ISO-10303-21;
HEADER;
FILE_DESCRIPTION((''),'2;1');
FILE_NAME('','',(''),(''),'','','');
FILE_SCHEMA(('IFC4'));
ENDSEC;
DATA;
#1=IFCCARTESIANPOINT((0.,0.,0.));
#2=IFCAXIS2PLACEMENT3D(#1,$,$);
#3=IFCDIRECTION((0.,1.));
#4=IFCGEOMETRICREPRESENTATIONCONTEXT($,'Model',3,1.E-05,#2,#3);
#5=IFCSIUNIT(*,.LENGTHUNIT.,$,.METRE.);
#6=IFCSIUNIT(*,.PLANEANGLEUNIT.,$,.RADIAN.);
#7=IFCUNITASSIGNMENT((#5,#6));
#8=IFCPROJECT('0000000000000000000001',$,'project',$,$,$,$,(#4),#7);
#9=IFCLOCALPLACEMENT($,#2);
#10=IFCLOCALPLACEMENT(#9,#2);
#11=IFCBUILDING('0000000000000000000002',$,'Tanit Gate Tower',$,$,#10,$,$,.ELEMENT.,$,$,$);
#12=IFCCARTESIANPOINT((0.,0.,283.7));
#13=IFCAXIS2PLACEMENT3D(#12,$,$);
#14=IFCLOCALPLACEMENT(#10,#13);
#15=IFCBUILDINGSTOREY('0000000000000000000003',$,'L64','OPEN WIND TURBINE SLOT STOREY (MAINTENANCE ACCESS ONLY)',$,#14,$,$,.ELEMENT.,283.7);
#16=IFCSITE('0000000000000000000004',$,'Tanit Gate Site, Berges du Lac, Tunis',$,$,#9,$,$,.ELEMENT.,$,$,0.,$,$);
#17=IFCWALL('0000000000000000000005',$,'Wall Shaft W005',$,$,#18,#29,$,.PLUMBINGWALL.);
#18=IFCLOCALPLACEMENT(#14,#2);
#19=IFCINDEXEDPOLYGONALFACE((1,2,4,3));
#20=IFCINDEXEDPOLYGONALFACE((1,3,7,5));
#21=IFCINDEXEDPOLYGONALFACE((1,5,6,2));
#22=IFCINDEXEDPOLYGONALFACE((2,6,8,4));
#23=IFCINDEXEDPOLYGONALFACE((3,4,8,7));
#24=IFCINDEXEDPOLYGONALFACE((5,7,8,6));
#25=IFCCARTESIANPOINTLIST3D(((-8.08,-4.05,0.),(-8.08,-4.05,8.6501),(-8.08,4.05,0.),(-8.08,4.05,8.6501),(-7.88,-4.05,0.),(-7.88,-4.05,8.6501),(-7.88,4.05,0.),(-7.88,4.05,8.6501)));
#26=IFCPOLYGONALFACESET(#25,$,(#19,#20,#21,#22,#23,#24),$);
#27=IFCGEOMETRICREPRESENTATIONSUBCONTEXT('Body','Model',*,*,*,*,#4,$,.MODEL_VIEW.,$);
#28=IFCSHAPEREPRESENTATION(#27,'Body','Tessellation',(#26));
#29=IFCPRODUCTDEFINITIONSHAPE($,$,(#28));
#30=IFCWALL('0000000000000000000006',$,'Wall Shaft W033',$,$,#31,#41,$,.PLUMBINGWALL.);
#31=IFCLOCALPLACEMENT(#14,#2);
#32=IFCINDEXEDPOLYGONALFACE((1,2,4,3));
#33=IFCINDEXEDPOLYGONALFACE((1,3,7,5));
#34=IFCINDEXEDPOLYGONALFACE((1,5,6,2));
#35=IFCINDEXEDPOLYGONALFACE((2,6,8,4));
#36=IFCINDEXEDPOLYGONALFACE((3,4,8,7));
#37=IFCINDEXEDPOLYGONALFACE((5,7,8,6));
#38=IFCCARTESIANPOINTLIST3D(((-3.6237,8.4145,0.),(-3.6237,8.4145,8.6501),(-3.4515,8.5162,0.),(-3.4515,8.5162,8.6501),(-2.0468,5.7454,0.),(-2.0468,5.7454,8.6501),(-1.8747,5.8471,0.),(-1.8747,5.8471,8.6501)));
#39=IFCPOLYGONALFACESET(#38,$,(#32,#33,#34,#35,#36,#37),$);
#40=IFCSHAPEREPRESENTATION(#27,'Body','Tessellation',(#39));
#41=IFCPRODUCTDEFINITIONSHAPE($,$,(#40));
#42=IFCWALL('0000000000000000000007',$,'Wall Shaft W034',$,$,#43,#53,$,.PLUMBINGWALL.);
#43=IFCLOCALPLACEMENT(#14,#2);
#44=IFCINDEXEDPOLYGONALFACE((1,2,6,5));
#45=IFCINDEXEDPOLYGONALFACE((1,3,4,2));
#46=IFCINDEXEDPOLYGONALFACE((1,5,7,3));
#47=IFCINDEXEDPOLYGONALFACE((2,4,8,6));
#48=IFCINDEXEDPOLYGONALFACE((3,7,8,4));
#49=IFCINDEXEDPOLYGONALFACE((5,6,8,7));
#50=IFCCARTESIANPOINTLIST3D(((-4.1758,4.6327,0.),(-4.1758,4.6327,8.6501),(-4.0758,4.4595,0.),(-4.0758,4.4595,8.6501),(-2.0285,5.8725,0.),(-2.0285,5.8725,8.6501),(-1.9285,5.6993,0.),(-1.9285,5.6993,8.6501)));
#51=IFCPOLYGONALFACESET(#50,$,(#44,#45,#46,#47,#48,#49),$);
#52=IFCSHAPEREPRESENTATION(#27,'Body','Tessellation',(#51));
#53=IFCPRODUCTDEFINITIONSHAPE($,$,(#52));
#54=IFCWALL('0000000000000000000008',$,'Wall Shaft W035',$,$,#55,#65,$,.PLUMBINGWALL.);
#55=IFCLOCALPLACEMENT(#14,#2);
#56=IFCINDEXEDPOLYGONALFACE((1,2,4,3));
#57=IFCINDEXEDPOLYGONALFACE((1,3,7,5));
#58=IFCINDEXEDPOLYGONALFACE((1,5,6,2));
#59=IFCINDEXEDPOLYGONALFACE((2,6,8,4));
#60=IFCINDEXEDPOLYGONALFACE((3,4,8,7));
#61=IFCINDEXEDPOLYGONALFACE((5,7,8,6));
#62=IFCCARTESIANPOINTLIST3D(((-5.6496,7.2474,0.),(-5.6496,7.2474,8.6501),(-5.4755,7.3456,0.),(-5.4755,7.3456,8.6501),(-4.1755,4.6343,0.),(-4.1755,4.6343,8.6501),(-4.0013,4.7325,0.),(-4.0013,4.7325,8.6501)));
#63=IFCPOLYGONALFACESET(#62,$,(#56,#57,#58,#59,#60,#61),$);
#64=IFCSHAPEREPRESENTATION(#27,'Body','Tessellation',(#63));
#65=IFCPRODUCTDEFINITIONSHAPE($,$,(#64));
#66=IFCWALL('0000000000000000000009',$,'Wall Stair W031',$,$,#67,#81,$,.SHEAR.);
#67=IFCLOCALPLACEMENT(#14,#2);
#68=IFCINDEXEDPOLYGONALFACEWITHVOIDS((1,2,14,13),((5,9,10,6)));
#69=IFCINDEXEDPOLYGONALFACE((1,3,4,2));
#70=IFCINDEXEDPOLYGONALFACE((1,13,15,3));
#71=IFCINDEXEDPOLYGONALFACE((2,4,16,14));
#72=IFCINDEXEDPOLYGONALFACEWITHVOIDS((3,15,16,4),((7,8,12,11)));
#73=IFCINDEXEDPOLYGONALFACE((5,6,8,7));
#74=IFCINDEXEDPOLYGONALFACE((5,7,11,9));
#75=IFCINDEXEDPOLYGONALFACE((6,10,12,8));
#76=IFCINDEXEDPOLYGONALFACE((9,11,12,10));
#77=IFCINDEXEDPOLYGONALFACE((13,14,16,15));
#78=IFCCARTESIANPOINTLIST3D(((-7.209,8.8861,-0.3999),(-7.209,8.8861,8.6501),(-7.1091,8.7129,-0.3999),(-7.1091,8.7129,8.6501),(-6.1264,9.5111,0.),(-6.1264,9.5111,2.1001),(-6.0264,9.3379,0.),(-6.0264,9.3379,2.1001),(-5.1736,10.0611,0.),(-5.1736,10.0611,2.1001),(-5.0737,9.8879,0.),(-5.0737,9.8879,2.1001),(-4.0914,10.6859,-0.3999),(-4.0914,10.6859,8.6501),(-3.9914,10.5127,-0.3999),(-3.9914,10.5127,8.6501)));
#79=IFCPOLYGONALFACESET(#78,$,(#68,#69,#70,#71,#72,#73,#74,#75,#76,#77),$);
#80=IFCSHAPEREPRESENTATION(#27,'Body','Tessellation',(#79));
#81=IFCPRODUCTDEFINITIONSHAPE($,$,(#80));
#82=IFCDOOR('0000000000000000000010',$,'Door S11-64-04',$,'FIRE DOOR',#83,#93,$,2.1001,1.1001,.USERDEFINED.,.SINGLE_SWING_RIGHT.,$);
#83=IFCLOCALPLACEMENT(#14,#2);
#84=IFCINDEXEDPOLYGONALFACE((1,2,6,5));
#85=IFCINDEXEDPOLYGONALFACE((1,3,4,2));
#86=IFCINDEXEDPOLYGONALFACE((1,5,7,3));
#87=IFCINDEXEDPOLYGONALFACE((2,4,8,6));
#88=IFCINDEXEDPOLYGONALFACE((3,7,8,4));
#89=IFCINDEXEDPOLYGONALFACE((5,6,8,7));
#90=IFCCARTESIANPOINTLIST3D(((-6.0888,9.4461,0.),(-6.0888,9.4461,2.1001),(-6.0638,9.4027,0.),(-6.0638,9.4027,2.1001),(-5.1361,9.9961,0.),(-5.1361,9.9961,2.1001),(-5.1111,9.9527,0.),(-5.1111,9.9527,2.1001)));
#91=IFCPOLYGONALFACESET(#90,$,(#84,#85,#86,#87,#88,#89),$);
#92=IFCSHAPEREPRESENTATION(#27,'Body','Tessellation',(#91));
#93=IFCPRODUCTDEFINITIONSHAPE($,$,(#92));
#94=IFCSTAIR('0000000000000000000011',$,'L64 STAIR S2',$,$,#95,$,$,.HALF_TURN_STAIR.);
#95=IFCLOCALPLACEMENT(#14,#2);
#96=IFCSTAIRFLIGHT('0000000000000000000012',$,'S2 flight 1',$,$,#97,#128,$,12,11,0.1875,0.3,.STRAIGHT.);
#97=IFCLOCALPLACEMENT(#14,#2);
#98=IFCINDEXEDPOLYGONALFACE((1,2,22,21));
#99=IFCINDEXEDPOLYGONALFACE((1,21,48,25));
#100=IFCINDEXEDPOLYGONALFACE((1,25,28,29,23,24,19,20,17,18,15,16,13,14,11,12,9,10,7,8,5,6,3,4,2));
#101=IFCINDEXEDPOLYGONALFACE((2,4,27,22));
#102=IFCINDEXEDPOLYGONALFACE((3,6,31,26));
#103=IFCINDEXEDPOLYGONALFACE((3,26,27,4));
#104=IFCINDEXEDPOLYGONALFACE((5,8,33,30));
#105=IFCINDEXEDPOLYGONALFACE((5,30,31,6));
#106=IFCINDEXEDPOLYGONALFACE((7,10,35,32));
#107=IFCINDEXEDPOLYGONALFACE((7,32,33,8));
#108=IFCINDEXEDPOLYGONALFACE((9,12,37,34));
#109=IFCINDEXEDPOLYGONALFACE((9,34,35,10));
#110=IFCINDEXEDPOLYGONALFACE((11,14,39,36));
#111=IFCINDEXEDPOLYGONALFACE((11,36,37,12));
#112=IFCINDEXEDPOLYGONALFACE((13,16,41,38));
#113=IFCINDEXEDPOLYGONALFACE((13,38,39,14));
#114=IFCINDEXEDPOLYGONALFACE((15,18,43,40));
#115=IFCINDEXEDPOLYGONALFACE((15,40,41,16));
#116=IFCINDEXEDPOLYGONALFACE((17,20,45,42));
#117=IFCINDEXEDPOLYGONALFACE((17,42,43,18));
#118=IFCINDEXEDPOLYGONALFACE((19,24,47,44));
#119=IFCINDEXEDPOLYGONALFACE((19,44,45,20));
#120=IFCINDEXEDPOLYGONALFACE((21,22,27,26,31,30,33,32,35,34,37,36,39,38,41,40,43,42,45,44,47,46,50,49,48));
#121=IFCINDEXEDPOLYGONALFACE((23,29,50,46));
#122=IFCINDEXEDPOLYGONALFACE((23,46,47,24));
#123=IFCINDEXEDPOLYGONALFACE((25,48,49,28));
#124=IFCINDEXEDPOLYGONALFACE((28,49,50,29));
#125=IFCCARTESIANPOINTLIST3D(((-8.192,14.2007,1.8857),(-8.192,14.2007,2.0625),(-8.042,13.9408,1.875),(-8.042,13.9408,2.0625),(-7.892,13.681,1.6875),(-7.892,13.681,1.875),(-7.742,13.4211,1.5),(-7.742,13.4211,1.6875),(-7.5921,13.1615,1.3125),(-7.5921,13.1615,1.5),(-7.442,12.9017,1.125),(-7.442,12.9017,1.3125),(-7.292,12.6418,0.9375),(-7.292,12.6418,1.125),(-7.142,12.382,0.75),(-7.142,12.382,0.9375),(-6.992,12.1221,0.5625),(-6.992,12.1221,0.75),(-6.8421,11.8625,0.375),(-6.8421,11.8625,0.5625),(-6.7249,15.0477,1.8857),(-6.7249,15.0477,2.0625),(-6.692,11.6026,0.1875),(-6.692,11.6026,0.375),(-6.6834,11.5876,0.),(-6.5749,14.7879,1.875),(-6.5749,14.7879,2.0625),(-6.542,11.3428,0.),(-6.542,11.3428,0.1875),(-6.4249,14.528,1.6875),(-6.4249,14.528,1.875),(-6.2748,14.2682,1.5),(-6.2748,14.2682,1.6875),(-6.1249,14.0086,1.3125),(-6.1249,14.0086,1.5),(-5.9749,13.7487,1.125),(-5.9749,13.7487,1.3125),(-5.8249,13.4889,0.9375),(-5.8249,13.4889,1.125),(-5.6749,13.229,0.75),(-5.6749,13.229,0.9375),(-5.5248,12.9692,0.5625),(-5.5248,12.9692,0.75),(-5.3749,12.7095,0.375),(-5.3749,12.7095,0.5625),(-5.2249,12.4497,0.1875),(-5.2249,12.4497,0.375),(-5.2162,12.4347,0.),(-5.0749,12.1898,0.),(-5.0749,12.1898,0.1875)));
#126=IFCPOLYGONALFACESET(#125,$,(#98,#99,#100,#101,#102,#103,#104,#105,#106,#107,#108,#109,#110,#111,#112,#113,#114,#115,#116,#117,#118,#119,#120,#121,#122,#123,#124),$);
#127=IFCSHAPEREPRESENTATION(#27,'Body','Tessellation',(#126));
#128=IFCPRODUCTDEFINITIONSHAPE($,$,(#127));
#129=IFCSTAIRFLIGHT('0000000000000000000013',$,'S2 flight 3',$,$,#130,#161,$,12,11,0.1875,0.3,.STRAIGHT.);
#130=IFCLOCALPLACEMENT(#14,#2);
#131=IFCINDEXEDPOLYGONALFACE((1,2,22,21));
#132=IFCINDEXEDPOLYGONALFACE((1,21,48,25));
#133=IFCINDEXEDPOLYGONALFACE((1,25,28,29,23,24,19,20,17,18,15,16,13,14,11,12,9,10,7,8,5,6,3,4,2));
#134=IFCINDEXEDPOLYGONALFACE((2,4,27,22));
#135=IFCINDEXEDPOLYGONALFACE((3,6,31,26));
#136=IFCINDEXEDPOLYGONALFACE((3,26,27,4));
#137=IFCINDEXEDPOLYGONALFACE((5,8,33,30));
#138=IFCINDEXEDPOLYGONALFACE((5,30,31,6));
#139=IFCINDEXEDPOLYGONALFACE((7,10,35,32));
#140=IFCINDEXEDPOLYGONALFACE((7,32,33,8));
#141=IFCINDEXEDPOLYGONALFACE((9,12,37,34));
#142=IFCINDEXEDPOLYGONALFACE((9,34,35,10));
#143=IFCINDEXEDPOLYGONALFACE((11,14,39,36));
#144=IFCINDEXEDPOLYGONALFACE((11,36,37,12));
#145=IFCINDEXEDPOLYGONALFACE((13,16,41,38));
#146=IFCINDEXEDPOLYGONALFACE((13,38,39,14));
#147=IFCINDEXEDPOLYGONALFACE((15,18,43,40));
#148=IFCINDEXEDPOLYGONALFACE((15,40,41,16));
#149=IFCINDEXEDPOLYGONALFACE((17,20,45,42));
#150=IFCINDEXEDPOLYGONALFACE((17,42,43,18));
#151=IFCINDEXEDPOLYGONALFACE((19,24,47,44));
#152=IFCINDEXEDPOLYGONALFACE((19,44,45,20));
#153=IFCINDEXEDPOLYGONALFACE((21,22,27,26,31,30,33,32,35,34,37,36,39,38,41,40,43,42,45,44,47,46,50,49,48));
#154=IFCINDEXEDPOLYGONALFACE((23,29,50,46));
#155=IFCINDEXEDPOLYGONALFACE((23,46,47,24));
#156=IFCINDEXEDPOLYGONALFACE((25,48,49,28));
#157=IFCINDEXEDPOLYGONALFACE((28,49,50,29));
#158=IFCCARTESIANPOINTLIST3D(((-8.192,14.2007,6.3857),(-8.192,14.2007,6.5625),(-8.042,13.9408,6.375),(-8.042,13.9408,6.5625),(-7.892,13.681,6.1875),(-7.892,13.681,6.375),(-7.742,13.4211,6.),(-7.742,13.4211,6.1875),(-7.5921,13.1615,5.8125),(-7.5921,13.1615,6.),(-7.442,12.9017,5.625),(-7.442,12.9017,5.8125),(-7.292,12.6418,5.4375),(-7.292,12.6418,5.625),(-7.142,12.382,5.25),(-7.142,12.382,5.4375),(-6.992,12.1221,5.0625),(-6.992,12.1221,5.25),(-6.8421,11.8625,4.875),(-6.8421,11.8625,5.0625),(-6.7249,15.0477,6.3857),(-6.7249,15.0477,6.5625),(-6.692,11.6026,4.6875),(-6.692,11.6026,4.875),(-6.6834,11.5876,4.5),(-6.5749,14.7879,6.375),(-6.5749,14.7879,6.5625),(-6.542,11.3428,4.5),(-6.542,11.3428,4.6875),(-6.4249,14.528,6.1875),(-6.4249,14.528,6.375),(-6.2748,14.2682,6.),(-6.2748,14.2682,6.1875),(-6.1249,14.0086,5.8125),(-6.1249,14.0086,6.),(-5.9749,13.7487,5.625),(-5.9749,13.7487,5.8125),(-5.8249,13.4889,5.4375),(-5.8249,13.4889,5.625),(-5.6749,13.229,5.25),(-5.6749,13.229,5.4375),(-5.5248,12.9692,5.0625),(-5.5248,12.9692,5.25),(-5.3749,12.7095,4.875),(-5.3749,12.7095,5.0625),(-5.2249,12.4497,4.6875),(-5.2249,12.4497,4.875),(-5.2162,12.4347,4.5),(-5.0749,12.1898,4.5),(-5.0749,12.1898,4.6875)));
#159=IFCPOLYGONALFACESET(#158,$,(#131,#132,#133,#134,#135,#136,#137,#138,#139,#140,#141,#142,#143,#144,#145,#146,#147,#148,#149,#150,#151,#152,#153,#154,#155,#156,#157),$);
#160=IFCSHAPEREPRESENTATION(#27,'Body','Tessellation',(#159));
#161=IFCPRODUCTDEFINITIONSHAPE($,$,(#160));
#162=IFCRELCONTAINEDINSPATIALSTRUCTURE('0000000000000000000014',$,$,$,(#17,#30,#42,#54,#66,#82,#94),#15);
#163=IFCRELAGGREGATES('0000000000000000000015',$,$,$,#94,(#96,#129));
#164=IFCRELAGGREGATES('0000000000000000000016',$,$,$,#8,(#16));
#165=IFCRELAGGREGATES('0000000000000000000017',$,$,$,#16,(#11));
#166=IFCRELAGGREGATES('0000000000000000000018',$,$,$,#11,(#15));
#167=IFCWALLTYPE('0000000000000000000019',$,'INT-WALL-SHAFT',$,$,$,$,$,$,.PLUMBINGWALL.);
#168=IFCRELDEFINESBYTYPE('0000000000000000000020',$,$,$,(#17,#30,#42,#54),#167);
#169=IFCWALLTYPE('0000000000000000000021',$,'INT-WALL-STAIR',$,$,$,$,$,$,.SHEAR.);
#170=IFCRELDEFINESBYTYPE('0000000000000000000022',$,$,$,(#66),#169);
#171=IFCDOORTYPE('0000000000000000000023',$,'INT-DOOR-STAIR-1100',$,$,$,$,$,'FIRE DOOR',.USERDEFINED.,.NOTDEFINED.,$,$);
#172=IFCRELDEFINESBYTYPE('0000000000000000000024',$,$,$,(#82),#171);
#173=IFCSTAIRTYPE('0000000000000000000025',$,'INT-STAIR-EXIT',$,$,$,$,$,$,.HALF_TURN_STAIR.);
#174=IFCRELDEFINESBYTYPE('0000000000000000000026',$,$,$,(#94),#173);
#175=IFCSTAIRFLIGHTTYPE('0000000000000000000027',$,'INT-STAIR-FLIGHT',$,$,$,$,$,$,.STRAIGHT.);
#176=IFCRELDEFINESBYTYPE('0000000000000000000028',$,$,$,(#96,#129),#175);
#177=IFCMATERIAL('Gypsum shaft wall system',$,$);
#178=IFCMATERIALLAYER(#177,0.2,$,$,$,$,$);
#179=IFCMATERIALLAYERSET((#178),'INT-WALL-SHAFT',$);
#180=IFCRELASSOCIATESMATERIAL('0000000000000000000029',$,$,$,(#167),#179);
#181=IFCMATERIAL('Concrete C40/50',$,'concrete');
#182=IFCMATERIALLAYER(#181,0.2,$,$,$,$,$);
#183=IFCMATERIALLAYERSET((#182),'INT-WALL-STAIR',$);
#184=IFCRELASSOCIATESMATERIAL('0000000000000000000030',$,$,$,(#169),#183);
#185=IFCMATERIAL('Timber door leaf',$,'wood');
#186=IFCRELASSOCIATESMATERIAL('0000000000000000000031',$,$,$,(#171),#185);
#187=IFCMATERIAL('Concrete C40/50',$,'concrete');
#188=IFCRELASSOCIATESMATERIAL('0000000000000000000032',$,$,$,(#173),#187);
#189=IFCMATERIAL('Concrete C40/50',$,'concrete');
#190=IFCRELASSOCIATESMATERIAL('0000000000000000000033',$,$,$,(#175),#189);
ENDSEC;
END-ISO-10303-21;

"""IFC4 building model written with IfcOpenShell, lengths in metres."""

from ifc_helpers import new_model, si_unit, direction, frame, frame_2d, origin, place, context, subcontext, project, spatial, polyline, rectangle, outline, extrude, material, layer, layer_set, type_object, element, fill, aggregate, save


model = new_model("IFC4")

# Units and contexts
model_context = context("Model", 3, precision=1e-05, world=origin(), true_north=direction((0.0, 1.0)))
body_context = subcontext(model_context, "Body", "Model", "MODEL_VIEW")
ifc_project = project(units=[si_unit("LENGTHUNIT", "METRE"), si_unit("PLANEANGLEUNIT", "RADIAN")], contexts=[model_context])

# Site, building, storey
site_placement = place(None, origin())
site = spatial("IfcSite", under=ifc_project, at=site_placement, Name="Tanit Gate Site, Berges du Lac, Tunis", CompositionType="ELEMENT", RefElevation=0.0)
building_placement = place(site_placement, origin())
building = spatial("IfcBuilding", under=site, at=building_placement, Name="Tanit Gate Tower", CompositionType="ELEMENT")
storey_placement = place(building_placement, frame((0.0, 0.0, 283.7)))
storey = spatial("IfcBuildingStorey", under=building, at=storey_placement, Name="L64", Description="OPEN WIND TURBINE SLOT STOREY (MAINTENANCE ACCESS ONLY)", CompositionType="ELEMENT", Elevation=283.7)

# Wall
ifc_material_1 = material(Name="Gypsum shaft wall system")
ifc_layer_1 = layer(ifc_material_1, 0.2)
ifc_layer_set_1 = layer_set([ifc_layer_1], Name="INT-WALL-SHAFT")
wall_type_1 = type_object("IfcWallType", Name="INT-WALL-SHAFT", PredefinedType="PLUMBINGWALL", material=ifc_layer_set_1)
wall_1_placement = place(storey_placement, frame((-7.98, 4.05, 0.0), z_axis=(0.0, 0.0, 1.0), x_axis=(0.0, -1.0, 0.0)))
element("IfcWall", 1, at=wall_1_placement, inside=storey, type_object=wall_type_1, Name="Wall Shaft W005", PredefinedType="PLUMBINGWALL", context=body_context, shape_type="SweptSolid", body=[
    extrude(rectangle(XDim=8.1001, YDim=0.2, at=frame_2d((4.05, 0.0))), origin(), (0.0, 0.0, 1.0), 8.6501),
])

# Walls
wall_2_placement = place(storey_placement, frame((-3.5376, 8.4653, 0.0), z_axis=(0.0, 0.0, 1.0), x_axis=(0.508647, -0.860975, 0.0)))
element("IfcWall", 2, at=wall_2_placement, inside=storey, type_object=wall_type_1, Name="Wall Shaft W033", PredefinedType="PLUMBINGWALL", context=body_context, shape_type="SweptSolid", body=[
    extrude(rectangle(XDim=3.1001, YDim=0.2, at=frame_2d((1.55, 0.0))), origin(), (0.0, 0.0, 1.0), 8.6501),
])
wall_3_placement = place(storey_placement, frame((-1.9785, 5.7859, 0.0), z_axis=(0.0, 0.0, 1.0), x_axis=(-0.866017, -0.500015, 0.0)))
element("IfcWall", 3, at=wall_3_placement, inside=storey, type_object=wall_type_1, Name="Wall Shaft W034", PredefinedType="PLUMBINGWALL", context=body_context, shape_type="SweptSolid", body=[
    extrude(rectangle(XDim=2.4795, YDim=0.2, at=frame_2d((1.2397, 0.0))), origin(), (0.0, 0.0, 1.0), 8.6501),
])
wall_4_placement = place(storey_placement, frame((-5.5625, 7.2964, 0.0), z_axis=(0.0, 0.0, 1.0), x_axis=(0.491347, -0.870964, 0.0)))
element("IfcWall", 4, at=wall_4_placement, inside=storey, type_object=wall_type_1, Name="Wall Shaft W035", PredefinedType="PLUMBINGWALL", context=body_context, shape_type="SweptSolid", body=[
    extrude(rectangle(XDim=3.0002, YDim=0.2, at=frame_2d((1.5, 0.0))), origin(), (0.0, 0.0, 1.0), 8.6501),
])

# Wall, opening, door
ifc_material_2 = material(Name="Concrete C40/50", Category="concrete")
ifc_layer_2 = layer(ifc_material_2, 0.2)
ifc_layer_set_2 = layer_set([ifc_layer_2], Name="INT-WALL-STAIR")
wall_type_2 = type_object("IfcWallType", Name="INT-WALL-STAIR", PredefinedType="SHEAR", material=ifc_layer_set_2)
wall_5_placement = place(storey_placement, frame((-7.1589, 8.7996, -0.3999), z_axis=(0.0, 0.0, 1.0), x_axis=(0.866048, 0.499961, 0.0)))
wall_5 = element("IfcWall", 5, at=wall_5_placement, inside=storey, type_object=wall_type_2, Name="Wall Stair W031", PredefinedType="SHEAR", context=body_context, shape_type="SweptSolid", body=[
    extrude(rectangle(XDim=3.5999, YDim=0.2, at=frame_2d((1.7998, 0.0))), origin(), (0.0, 0.0, 1.0), 9.05),
])
opening_1_placement = place(wall_5_placement, frame((1.25, 0.0, 0.3999)))
opening_1 = element("IfcOpeningElement", 6, at=opening_1_placement, cuts=wall_5, PredefinedType="OPENING", context=body_context, shape_type="SweptSolid", body=[
    extrude(rectangle(XDim=1.1001, YDim=2.1001, at=frame_2d((0.55, 1.05))), frame((0.0, 0.1099, 0.0), z_axis=(0.0, -1.0, 0.0), x_axis=(1.0, 0.0, 0.0)), (0.0, 0.0, 1.0), 0.22),
])
ifc_material_3 = material(Name="Timber door leaf", Category="wood")
door_type_1 = type_object("IfcDoorType", Name="INT-DOOR-STAIR-1100", ElementType="FIRE DOOR", OperationType="NOTDEFINED", PredefinedType="USERDEFINED", material=ifc_material_3)
door_1_placement = place(opening_1_placement, origin())
door_1 = element("IfcDoor", 7, at=door_1_placement, inside=storey, type_object=door_type_1, Name="Door S11-64-04", ObjectType="FIRE DOOR", OperationType="SINGLE_SWING_RIGHT", OverallHeight=2.1001, OverallWidth=1.1001, PredefinedType="USERDEFINED", context=body_context, shape_type="SweptSolid", body=[
    extrude(rectangle(XDim=1.1001, YDim=2.1001, at=frame_2d((0.55, 1.05))), frame((0.0, 0.0249, 0.0), z_axis=(0.0, -1.0, 0.0), x_axis=(1.0, 0.0, 0.0)), (0.0, 0.0, 1.0), 0.05),
])
fill(opening_1, door_1)

# Stair, stair flights
ifc_material_4 = material(Name="Concrete C40/50", Category="concrete")
stair_type = type_object("IfcStairType", Name="INT-STAIR-EXIT", PredefinedType="HALF_TURN_STAIR", material=ifc_material_4)
stair_placement = place(storey_placement, origin())
stair = element("IfcStair", 8, at=stair_placement, inside=storey, type_object=stair_type, Name="L64 STAIR S2", PredefinedType="HALF_TURN_STAIR")
ifc_material_5 = material(Name="Concrete C40/50", Category="concrete")
stair_flight_type = type_object("IfcStairFlightType", Name="INT-STAIR-FLIGHT", PredefinedType="STRAIGHT", material=ifc_material_5)
stair_flight_1_placement = place(storey_placement, frame((-5.8083, 11.7664, 0.0), z_axis=(0.0, 0.0, 1.0), x_axis=(-0.5, 0.866025, 0.0)))
stair_flight_1 = element("IfcStairFlight", 9, at=stair_flight_1_placement, type_object=stair_flight_type, Name="S2 flight 1", NumberOfRisers=12, NumberOfTreads=11, PredefinedType="STRAIGHT", RiserHeight=0.1875, TreadLength=0.3, context=body_context, shape_type="SweptSolid", body=[
    extrude(outline(polyline([(0.0, 0.0), (0.0, 0.1875), (0.3, 0.1875), (0.3, 0.375), (0.6001, 0.375), (0.6001, 0.5625), (0.8999, 0.5625), (0.8999, 0.75), (1.2, 0.75), (1.2, 0.9375), (1.5, 0.9375), (1.5, 1.125), (1.8, 1.125), (1.8, 1.3125), (2.1001, 1.3125), (2.1001, 1.5), (2.3999, 1.5), (2.3999, 1.6875), (2.7, 1.6875), (2.7, 1.875), (3.0, 1.875), (3.0, 2.0625), (3.3, 2.0625), (3.3, 2.25), (3.3, 1.8857), (0.2827, 0.0), (0.0, 0.0)])), frame((0.0, 0.8472, 0.0), z_axis=(0.0, -1.0, 0.0), x_axis=(1.0, 0.0, 0.0)), (0.0, 0.0, 1.0), 1.6941),
])
stair_flight_2_placement = place(storey_placement, frame((-5.8083, 11.7664, 4.5), z_axis=(0.0, 0.0, 1.0), x_axis=(-0.5, 0.866025, 0.0)))
stair_flight_2 = element("IfcStairFlight", 10, at=stair_flight_2_placement, type_object=stair_flight_type, Name="S2 flight 3", NumberOfRisers=12, NumberOfTreads=11, PredefinedType="STRAIGHT", RiserHeight=0.1875, TreadLength=0.3, context=body_context, shape_type="SweptSolid", body=[
    extrude(outline(polyline([(0.0, 0.0), (0.0, 0.1875), (0.3, 0.1875), (0.3, 0.375), (0.6001, 0.375), (0.6001, 0.5625), (0.8999, 0.5625), (0.8999, 0.75), (1.2, 0.75), (1.2, 0.9375), (1.5, 0.9375), (1.5, 1.125), (1.8, 1.125), (1.8, 1.3125), (2.1001, 1.3125), (2.1001, 1.5), (2.3999, 1.5), (2.3999, 1.6875), (2.7, 1.6875), (2.7, 1.875), (3.0, 1.875), (3.0, 2.0625), (3.3, 2.0625), (3.3, 2.25), (3.3, 1.8857), (0.2827, 0.0), (0.0, 0.0)])), frame((0.0, 0.8472, 0.0), z_axis=(0.0, -1.0, 0.0), x_axis=(1.0, 0.0, 0.0)), (0.0, 0.0, 1.0), 1.6941),
])
aggregate(stair, [stair_flight_1, stair_flight_2])

save(model, "model.ifc")
